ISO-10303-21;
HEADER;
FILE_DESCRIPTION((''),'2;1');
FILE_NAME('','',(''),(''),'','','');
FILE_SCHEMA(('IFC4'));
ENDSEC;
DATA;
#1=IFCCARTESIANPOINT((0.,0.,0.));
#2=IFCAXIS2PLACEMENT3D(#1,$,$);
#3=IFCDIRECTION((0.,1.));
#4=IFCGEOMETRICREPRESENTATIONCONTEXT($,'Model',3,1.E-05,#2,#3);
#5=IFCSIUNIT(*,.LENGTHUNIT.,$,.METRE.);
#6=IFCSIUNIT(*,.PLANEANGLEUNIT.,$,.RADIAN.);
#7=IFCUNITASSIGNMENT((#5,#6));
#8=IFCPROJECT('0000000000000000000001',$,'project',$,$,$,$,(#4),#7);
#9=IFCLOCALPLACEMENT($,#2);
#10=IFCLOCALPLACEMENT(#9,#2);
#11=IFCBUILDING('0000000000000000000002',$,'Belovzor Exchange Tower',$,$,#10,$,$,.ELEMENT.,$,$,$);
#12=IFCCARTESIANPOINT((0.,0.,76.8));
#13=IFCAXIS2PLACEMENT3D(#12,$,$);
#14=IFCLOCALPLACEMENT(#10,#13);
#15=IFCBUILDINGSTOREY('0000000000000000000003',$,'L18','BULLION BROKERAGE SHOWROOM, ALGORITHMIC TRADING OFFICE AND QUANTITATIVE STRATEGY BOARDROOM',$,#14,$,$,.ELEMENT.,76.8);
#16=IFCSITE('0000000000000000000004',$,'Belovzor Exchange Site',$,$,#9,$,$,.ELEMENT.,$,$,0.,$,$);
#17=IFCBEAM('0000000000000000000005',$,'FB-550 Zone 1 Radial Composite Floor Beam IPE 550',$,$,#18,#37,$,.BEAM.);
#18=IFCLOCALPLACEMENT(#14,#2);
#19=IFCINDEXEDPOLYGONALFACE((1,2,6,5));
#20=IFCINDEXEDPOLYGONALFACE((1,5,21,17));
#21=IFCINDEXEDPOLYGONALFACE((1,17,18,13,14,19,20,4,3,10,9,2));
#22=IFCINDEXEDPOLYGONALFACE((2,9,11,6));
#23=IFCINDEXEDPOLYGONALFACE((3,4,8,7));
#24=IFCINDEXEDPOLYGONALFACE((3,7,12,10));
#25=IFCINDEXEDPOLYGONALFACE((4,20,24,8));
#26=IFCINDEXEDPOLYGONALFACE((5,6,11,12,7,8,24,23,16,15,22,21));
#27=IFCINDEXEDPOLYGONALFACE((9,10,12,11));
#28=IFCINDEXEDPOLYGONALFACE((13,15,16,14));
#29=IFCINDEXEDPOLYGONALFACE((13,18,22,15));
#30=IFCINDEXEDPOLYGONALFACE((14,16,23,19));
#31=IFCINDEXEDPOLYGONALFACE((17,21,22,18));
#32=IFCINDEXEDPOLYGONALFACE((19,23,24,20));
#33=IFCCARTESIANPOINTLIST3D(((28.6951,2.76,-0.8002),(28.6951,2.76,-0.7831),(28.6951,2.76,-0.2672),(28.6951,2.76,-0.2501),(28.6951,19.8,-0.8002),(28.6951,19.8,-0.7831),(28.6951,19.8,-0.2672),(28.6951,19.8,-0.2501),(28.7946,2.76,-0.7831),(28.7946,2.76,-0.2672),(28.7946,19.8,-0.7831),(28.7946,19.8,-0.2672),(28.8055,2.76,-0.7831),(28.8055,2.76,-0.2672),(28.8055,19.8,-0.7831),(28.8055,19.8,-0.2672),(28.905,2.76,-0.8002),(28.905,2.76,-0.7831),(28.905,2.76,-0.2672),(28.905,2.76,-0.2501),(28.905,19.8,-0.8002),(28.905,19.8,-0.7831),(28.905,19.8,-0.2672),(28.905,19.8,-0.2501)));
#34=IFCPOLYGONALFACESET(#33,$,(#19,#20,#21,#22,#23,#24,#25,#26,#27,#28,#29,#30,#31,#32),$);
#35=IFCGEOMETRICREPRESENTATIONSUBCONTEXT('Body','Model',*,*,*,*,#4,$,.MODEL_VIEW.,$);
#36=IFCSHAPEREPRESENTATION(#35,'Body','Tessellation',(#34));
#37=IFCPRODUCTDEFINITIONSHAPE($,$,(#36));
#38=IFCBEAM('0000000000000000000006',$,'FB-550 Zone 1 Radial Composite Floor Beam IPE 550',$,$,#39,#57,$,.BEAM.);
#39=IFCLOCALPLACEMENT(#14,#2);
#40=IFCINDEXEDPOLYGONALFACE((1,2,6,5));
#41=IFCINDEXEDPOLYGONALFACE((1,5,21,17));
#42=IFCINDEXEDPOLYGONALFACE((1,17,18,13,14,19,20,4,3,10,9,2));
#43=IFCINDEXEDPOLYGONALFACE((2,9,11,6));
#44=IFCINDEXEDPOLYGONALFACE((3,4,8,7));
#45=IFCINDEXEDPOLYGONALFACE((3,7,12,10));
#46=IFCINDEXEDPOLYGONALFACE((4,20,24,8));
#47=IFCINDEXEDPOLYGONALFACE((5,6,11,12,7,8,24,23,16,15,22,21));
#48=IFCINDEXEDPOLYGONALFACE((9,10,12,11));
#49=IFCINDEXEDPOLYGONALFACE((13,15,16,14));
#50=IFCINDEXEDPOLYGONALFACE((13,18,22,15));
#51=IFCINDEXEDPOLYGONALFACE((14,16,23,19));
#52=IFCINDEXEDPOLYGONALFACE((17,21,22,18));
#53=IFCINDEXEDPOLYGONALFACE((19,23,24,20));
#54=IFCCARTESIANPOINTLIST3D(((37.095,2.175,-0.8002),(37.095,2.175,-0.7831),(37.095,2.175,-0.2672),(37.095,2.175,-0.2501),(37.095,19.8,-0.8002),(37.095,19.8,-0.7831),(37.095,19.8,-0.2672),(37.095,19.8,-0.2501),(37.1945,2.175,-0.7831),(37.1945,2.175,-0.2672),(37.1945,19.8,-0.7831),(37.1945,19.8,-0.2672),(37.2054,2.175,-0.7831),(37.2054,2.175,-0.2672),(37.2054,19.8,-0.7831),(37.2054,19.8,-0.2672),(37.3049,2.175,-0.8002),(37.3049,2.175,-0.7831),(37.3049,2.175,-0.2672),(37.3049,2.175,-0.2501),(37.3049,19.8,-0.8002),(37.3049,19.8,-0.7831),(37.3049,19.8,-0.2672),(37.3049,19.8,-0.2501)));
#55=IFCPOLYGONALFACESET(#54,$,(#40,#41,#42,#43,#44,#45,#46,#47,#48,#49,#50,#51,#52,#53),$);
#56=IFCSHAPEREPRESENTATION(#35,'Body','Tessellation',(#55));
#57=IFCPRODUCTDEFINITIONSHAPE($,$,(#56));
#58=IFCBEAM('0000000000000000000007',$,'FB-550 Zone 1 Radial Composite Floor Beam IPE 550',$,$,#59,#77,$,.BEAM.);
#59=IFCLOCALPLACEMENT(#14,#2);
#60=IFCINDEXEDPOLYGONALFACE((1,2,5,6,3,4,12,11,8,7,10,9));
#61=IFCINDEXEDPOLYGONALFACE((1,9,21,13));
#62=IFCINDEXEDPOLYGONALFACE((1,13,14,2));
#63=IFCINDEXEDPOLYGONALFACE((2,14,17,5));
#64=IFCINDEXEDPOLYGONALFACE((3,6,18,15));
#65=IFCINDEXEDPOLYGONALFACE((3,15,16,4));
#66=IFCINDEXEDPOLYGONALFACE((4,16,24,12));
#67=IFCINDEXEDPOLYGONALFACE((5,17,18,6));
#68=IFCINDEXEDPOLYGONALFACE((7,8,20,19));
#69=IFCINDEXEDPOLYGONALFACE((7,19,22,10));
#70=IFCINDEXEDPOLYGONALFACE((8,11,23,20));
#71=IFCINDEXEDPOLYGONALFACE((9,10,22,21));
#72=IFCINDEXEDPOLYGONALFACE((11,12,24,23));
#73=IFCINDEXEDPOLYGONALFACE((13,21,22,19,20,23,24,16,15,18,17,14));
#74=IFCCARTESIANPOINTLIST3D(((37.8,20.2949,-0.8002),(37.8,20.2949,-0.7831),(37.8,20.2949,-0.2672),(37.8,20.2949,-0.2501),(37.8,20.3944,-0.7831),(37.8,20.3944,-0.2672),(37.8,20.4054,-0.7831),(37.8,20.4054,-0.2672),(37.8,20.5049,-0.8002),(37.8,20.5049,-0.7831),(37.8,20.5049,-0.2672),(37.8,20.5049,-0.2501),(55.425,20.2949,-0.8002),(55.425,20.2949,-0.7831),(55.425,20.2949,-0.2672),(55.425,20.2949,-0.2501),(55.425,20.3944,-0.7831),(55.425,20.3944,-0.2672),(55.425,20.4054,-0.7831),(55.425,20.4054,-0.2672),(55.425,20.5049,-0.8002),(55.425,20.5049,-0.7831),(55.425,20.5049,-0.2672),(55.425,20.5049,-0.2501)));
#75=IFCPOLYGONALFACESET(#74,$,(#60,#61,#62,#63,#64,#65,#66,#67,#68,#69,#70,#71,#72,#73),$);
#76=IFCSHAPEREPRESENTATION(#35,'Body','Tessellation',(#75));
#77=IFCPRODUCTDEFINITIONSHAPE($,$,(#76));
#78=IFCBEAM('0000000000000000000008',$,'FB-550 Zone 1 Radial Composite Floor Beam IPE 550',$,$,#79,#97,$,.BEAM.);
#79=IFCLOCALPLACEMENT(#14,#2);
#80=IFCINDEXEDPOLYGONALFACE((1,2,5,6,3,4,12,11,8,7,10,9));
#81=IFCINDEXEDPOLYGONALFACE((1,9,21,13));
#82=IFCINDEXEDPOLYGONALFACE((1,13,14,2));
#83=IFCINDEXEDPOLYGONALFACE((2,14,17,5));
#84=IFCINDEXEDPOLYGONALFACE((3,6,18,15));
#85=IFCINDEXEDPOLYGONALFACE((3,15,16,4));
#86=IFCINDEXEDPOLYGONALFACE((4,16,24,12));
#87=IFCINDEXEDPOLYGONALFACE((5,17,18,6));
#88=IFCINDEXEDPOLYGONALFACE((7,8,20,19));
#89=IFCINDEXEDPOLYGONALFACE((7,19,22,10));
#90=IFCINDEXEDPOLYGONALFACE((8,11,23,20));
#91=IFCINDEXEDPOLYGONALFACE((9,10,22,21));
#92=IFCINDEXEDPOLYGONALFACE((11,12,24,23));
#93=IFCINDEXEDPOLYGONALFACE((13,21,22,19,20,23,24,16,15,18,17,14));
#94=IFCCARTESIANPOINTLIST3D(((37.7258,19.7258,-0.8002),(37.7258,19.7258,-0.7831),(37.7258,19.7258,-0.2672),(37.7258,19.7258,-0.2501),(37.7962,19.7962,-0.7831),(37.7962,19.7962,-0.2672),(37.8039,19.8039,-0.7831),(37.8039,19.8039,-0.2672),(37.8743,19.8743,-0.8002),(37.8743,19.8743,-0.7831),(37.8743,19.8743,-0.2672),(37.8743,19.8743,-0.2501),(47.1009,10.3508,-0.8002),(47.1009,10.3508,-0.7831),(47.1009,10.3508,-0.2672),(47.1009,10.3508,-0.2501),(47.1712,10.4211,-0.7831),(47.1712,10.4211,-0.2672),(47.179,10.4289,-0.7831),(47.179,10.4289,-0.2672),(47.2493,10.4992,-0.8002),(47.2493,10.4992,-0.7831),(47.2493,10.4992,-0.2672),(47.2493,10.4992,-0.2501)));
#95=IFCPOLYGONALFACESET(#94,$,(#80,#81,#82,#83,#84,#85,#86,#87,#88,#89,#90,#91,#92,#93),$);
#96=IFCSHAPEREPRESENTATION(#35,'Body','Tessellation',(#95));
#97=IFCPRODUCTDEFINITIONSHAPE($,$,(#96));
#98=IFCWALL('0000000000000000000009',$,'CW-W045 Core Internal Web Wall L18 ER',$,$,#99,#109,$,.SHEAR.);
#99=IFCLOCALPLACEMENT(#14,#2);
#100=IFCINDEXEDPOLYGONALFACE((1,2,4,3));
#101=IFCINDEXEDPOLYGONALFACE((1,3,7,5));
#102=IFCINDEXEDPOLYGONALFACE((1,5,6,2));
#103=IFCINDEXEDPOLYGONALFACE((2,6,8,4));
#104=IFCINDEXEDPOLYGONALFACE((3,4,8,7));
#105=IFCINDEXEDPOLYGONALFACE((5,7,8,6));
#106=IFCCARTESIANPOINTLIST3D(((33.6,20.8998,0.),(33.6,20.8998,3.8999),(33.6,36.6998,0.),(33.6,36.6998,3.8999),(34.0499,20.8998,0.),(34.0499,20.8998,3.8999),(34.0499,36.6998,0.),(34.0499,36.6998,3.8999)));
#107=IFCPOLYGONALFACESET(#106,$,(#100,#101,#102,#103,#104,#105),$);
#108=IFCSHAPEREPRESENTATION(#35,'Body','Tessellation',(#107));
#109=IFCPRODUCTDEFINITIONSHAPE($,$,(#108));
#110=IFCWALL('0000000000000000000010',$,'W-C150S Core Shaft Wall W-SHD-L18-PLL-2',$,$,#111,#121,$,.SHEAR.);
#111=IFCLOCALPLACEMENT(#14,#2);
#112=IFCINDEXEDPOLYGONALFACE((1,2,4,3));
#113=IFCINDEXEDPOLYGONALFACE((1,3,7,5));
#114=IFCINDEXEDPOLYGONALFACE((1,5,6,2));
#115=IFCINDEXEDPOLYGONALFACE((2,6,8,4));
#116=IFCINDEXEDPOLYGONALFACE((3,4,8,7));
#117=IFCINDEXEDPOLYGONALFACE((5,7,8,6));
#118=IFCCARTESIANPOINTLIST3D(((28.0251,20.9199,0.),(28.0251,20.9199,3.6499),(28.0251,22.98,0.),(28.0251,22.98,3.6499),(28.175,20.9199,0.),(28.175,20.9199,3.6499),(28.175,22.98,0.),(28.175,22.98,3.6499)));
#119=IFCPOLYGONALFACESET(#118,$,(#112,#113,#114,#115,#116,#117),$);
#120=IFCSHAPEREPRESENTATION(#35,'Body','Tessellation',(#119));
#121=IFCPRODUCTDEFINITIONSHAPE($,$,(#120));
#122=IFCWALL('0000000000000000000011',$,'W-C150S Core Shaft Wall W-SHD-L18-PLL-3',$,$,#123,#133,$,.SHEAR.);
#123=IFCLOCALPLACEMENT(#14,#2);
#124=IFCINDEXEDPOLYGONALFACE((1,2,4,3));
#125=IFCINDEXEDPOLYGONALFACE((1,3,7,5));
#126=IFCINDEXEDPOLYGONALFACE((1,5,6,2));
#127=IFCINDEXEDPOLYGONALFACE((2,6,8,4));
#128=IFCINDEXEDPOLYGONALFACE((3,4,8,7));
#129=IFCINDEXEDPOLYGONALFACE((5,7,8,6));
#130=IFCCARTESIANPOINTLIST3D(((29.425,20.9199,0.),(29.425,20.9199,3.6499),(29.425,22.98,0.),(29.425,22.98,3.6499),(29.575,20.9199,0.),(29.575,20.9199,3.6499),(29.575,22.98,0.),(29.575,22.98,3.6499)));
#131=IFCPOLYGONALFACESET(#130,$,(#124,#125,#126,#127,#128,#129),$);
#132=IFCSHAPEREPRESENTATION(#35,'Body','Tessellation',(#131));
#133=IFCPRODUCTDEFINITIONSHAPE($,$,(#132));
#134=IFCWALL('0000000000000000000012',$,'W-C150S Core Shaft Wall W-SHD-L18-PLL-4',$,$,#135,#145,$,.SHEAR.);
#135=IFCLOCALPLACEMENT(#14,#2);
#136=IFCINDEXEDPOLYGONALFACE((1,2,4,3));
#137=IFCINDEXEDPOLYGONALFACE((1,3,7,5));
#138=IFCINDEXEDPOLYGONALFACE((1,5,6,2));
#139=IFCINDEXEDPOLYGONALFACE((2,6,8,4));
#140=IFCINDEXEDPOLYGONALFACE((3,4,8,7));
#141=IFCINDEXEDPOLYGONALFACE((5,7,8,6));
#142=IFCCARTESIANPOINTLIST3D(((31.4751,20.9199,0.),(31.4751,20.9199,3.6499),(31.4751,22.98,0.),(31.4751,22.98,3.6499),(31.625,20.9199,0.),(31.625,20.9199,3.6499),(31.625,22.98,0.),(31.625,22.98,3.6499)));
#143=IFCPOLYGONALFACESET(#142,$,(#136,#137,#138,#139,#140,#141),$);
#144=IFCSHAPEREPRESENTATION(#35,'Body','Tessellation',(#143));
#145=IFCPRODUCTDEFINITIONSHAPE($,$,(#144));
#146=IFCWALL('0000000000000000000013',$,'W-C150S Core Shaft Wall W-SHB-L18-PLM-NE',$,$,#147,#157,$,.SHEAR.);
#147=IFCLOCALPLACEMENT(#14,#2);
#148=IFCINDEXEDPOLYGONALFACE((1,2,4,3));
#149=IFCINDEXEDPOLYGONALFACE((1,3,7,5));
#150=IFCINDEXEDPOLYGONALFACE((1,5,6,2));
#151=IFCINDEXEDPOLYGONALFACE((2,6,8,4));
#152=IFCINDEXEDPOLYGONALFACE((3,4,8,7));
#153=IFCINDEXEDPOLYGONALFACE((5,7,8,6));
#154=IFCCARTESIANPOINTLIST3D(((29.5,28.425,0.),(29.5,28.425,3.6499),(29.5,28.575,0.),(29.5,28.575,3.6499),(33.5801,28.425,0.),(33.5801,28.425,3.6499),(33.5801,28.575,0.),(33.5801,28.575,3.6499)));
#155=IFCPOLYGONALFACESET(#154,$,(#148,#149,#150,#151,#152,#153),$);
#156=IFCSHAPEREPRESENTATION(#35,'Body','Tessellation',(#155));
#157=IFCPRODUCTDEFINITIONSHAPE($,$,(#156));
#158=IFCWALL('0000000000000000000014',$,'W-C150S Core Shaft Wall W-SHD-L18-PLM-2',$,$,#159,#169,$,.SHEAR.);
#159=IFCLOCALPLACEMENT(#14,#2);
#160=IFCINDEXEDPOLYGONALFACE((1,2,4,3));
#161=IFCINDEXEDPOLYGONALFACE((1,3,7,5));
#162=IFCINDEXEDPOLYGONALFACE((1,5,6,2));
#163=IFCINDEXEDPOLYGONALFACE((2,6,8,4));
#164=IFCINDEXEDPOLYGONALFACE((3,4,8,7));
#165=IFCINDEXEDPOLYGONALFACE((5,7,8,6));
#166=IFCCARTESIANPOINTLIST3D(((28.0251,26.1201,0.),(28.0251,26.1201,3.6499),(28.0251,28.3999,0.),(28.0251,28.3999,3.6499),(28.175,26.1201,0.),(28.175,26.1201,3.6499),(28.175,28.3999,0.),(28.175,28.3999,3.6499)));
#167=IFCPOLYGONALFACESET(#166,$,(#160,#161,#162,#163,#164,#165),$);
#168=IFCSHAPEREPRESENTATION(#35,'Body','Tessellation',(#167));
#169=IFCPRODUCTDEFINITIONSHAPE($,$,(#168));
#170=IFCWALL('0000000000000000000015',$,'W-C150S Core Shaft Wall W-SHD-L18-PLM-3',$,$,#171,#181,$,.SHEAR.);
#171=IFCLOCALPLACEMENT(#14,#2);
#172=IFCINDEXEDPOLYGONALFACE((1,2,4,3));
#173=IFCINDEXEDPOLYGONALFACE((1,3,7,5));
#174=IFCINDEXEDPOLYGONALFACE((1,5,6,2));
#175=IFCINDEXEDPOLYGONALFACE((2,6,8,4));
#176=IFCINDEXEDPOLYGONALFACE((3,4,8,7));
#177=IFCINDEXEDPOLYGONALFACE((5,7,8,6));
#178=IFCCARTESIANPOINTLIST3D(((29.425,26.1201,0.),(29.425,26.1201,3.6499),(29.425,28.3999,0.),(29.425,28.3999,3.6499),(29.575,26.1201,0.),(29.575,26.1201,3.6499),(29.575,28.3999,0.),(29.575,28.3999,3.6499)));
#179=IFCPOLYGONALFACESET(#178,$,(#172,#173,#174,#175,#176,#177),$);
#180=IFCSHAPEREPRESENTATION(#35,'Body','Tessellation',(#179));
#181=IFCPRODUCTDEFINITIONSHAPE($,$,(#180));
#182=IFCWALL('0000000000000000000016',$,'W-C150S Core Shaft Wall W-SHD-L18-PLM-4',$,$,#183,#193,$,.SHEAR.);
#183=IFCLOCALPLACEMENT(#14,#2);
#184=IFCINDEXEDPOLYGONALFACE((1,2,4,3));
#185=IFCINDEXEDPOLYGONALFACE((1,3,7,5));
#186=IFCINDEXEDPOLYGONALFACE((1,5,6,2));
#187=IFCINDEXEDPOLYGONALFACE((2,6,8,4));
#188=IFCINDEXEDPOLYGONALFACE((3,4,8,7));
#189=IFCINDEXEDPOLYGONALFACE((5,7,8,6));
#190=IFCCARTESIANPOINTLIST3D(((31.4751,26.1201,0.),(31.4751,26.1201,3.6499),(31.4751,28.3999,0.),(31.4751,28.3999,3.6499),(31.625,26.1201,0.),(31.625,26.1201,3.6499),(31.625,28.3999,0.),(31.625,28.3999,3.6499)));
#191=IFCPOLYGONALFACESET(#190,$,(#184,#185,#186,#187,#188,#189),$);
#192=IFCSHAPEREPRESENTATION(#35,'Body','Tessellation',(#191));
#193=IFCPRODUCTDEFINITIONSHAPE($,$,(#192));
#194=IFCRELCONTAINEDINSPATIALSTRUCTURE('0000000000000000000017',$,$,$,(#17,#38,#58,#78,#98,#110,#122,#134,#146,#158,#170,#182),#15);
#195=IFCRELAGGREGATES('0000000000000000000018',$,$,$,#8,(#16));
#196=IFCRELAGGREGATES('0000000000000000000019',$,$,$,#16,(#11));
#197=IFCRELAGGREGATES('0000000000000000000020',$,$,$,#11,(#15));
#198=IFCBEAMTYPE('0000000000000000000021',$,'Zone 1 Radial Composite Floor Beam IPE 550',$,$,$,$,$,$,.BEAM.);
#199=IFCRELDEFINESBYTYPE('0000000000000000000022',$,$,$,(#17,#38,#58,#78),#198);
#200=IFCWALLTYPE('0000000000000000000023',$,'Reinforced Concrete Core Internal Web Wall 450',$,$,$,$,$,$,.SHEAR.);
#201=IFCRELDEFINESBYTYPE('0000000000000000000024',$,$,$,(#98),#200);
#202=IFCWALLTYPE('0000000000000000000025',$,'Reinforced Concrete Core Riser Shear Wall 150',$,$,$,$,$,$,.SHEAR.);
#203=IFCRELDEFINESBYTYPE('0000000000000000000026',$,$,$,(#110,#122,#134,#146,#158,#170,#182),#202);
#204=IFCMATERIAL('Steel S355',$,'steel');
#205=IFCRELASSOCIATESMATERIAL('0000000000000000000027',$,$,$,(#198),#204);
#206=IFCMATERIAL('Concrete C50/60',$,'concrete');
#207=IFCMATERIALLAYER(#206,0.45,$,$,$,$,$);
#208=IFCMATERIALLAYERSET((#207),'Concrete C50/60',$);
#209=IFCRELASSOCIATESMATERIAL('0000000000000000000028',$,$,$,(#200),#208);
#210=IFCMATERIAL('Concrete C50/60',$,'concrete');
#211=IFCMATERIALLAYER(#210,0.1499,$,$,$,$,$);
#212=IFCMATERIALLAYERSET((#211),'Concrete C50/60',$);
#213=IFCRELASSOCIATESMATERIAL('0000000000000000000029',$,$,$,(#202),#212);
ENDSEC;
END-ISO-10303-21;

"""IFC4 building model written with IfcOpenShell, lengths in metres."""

from ifc_helpers import new_model, si_unit, direction, frame, frame_2d, origin, origin_2d, place, context, subcontext, project, spatial, rectangle, i_section, extrude, material, layer, layer_set, material_profile, profile_set, type_object, element, save


model = new_model("IFC4")

# Units and contexts
model_context = context("Model", 3, precision=1e-05, world=origin(), true_north=direction((0.0, 1.0)))
body_context = subcontext(model_context, "Body", "Model", "MODEL_VIEW")
ifc_project = project(units=[si_unit("LENGTHUNIT", "METRE"), si_unit("PLANEANGLEUNIT", "RADIAN")], contexts=[model_context])

# Site, building, storey
site_placement = place(None, origin())
site = spatial("IfcSite", under=ifc_project, at=site_placement, Name="Belovzor Exchange Site", CompositionType="ELEMENT", RefElevation=0.0)
building_placement = place(site_placement, origin())
building = spatial("IfcBuilding", under=site, at=building_placement, Name="Belovzor Exchange Tower", CompositionType="ELEMENT")
storey_placement = place(building_placement, frame((0.0, 0.0, 76.8)))
storey = spatial("IfcBuildingStorey", under=building, at=storey_placement, Name="L18", Description="BULLION BROKERAGE SHOWROOM, ALGORITHMIC TRADING OFFICE AND QUANTITATIVE STRATEGY BOARDROOM", CompositionType="ELEMENT", Elevation=76.8)

# Beams
ifc_material_1 = material(Name="Steel S355", Category="steel")
ifc_material_profile = material_profile(ifc_material_1, i_section(OverallWidth=0.21, OverallDepth=0.55, WebThickness=0.011, FlangeThickness=0.0171, at=origin_2d()))
ifc_profile_set = profile_set([ifc_material_profile], Name="Steel S355")
beam_type = type_object("IfcBeamType", Name="Zone 1 Radial Composite Floor Beam IPE 550", PredefinedType="BEAM", material=ifc_profile_set)
beam_1_placement = place(storey_placement, frame((28.8, 19.8, -0.5251), z_axis=(0.0, -1.0, 0.0), x_axis=(1.0, 0.0, 0.0)))
element("IfcBeam", 1, at=beam_1_placement, inside=storey, type_object=beam_type, Name="FB-550 Zone 1 Radial Composite Floor Beam IPE 550", PredefinedType="BEAM", context=body_context, shape_type="SweptSolid", body=[
    extrude(i_section(OverallWidth=0.21, OverallDepth=0.55, WebThickness=0.011, FlangeThickness=0.0171, at=origin_2d()), origin(), (0.0, 0.0, 1.0), 17.04),
])
for number, where, z_axis, x_axis, name in (
    (2, (37.2, 19.8, -0.5251), (0.0, -1.0, 0.0), (1.0, 0.0, 0.0), "FB-550 Zone 1 Radial Composite Floor Beam IPE 550"),
    (3, (37.8, 20.3999, -0.5251), (1.0, 0.0, 0.0), (0.0, 1.0, 0.0), "FB-550 Zone 1 Radial Composite Floor Beam IPE 550"),
):
    element("IfcBeam", number, at=place(storey_placement, frame(where, z_axis=z_axis, x_axis=x_axis)), inside=storey, type_object=beam_type, Name=name, PredefinedType="BEAM", context=body_context, shape_type="SweptSolid", body=[
        extrude(i_section(OverallWidth=0.21, OverallDepth=0.55, WebThickness=0.011, FlangeThickness=0.0171, at=origin_2d()), origin(), (0.0, 0.0, 1.0), 17.625),
    ])
beam_2_placement = place(storey_placement, frame((37.8, 19.8, -0.5251), z_axis=(0.707107, -0.707107, 0.0), x_axis=(0.707107, 0.707107, 0.0)))
element("IfcBeam", 4, at=beam_2_placement, inside=storey, type_object=beam_type, Name="FB-550 Zone 1 Radial Composite Floor Beam IPE 550", PredefinedType="BEAM", context=body_context, shape_type="SweptSolid", body=[
    extrude(i_section(OverallWidth=0.21, OverallDepth=0.55, WebThickness=0.011, FlangeThickness=0.0171, at=origin_2d()), origin(), (0.0, 0.0, 1.0), 13.2583),
])

# Walls
ifc_material_2 = material(Name="Concrete C50/60", Category="concrete")
ifc_layer_1 = layer(ifc_material_2, 0.45)
ifc_layer_set_1 = layer_set([ifc_layer_1], Name="Concrete C50/60")
wall_type_1 = type_object("IfcWallType", Name="Reinforced Concrete Core Internal Web Wall 450", PredefinedType="SHEAR", material=ifc_layer_set_1)
wall_1_placement = place(storey_placement, frame((33.825, 20.8999, 0.0), z_axis=(0.0, 0.0, 1.0), x_axis=(0.0, 1.0, 0.0)))
element("IfcWall", 5, at=wall_1_placement, inside=storey, type_object=wall_type_1, Name="CW-W045 Core Internal Web Wall L18 ER", PredefinedType="SHEAR", context=body_context, shape_type="SweptSolid", body=[
    extrude(rectangle(XDim=15.8, YDim=0.45, at=frame_2d((7.8999, 0.0))), origin(), (0.0, 0.0, 1.0), 3.8999),
])
ifc_material_3 = material(Name="Concrete C50/60", Category="concrete")
ifc_layer_2 = layer(ifc_material_3, 0.1499)
ifc_layer_set_2 = layer_set([ifc_layer_2], Name="Concrete C50/60")
wall_type_2 = type_object("IfcWallType", Name="Reinforced Concrete Core Riser Shear Wall 150", PredefinedType="SHEAR", material=ifc_layer_set_2)
for number, where, z_axis, x_axis, name in (
    (6, (28.1001, 20.9199, 0.0), (0.0, 0.0, 1.0), (0.0, 1.0, 0.0), "W-C150S Core Shaft Wall W-SHD-L18-PLL-2"),
    (7, (29.5, 20.9199, 0.0), (0.0, 0.0, 1.0), (0.0, 1.0, 0.0), "W-C150S Core Shaft Wall W-SHD-L18-PLL-3"),
    (8, (31.55, 20.9199, 0.0), (0.0, 0.0, 1.0), (0.0, 1.0, 0.0), "W-C150S Core Shaft Wall W-SHD-L18-PLL-4"),
):
    element("IfcWall", number, at=place(storey_placement, frame(where, z_axis=z_axis, x_axis=x_axis)), inside=storey, type_object=wall_type_2, Name=name, PredefinedType="SHEAR", context=body_context, shape_type="SweptSolid", body=[
        extrude(rectangle(XDim=2.0601, YDim=0.1499, at=frame_2d((1.03, 0.0))), origin(), (0.0, 0.0, 1.0), 3.6499),
    ])
wall_2_placement = place(storey_placement, frame((29.5, 28.5, 0.0), z_axis=(0.0, 0.0, 1.0), x_axis=(1.0, 0.0, 0.0)))
element("IfcWall", 9, at=wall_2_placement, inside=storey, type_object=wall_type_2, Name="W-C150S Core Shaft Wall W-SHB-L18-PLM-NE", PredefinedType="SHEAR", context=body_context, shape_type="SweptSolid", body=[
    extrude(rectangle(XDim=4.0801, YDim=0.1499, at=frame_2d((2.04, 0.0))), origin(), (0.0, 0.0, 1.0), 3.6499),
])
for number, where, z_axis, x_axis, name in (
    (10, (28.1001, 26.1201, 0.0), (0.0, 0.0, 1.0), (0.0, 1.0, 0.0), "W-C150S Core Shaft Wall W-SHD-L18-PLM-2"),
    (11, (29.5, 26.1201, 0.0), (0.0, 0.0, 1.0), (0.0, 1.0, 0.0), "W-C150S Core Shaft Wall W-SHD-L18-PLM-3"),
    (12, (31.55, 26.1201, 0.0), (0.0, 0.0, 1.0), (0.0, 1.0, 0.0), "W-C150S Core Shaft Wall W-SHD-L18-PLM-4"),
):
    element("IfcWall", number, at=place(storey_placement, frame(where, z_axis=z_axis, x_axis=x_axis)), inside=storey, type_object=wall_type_2, Name=name, PredefinedType="SHEAR", context=body_context, shape_type="SweptSolid", body=[
        extrude(rectangle(XDim=2.2798, YDim=0.1499, at=frame_2d((1.1399, 0.0))), origin(), (0.0, 0.0, 1.0), 3.6499),
    ])

save(model, "model.ifc")
